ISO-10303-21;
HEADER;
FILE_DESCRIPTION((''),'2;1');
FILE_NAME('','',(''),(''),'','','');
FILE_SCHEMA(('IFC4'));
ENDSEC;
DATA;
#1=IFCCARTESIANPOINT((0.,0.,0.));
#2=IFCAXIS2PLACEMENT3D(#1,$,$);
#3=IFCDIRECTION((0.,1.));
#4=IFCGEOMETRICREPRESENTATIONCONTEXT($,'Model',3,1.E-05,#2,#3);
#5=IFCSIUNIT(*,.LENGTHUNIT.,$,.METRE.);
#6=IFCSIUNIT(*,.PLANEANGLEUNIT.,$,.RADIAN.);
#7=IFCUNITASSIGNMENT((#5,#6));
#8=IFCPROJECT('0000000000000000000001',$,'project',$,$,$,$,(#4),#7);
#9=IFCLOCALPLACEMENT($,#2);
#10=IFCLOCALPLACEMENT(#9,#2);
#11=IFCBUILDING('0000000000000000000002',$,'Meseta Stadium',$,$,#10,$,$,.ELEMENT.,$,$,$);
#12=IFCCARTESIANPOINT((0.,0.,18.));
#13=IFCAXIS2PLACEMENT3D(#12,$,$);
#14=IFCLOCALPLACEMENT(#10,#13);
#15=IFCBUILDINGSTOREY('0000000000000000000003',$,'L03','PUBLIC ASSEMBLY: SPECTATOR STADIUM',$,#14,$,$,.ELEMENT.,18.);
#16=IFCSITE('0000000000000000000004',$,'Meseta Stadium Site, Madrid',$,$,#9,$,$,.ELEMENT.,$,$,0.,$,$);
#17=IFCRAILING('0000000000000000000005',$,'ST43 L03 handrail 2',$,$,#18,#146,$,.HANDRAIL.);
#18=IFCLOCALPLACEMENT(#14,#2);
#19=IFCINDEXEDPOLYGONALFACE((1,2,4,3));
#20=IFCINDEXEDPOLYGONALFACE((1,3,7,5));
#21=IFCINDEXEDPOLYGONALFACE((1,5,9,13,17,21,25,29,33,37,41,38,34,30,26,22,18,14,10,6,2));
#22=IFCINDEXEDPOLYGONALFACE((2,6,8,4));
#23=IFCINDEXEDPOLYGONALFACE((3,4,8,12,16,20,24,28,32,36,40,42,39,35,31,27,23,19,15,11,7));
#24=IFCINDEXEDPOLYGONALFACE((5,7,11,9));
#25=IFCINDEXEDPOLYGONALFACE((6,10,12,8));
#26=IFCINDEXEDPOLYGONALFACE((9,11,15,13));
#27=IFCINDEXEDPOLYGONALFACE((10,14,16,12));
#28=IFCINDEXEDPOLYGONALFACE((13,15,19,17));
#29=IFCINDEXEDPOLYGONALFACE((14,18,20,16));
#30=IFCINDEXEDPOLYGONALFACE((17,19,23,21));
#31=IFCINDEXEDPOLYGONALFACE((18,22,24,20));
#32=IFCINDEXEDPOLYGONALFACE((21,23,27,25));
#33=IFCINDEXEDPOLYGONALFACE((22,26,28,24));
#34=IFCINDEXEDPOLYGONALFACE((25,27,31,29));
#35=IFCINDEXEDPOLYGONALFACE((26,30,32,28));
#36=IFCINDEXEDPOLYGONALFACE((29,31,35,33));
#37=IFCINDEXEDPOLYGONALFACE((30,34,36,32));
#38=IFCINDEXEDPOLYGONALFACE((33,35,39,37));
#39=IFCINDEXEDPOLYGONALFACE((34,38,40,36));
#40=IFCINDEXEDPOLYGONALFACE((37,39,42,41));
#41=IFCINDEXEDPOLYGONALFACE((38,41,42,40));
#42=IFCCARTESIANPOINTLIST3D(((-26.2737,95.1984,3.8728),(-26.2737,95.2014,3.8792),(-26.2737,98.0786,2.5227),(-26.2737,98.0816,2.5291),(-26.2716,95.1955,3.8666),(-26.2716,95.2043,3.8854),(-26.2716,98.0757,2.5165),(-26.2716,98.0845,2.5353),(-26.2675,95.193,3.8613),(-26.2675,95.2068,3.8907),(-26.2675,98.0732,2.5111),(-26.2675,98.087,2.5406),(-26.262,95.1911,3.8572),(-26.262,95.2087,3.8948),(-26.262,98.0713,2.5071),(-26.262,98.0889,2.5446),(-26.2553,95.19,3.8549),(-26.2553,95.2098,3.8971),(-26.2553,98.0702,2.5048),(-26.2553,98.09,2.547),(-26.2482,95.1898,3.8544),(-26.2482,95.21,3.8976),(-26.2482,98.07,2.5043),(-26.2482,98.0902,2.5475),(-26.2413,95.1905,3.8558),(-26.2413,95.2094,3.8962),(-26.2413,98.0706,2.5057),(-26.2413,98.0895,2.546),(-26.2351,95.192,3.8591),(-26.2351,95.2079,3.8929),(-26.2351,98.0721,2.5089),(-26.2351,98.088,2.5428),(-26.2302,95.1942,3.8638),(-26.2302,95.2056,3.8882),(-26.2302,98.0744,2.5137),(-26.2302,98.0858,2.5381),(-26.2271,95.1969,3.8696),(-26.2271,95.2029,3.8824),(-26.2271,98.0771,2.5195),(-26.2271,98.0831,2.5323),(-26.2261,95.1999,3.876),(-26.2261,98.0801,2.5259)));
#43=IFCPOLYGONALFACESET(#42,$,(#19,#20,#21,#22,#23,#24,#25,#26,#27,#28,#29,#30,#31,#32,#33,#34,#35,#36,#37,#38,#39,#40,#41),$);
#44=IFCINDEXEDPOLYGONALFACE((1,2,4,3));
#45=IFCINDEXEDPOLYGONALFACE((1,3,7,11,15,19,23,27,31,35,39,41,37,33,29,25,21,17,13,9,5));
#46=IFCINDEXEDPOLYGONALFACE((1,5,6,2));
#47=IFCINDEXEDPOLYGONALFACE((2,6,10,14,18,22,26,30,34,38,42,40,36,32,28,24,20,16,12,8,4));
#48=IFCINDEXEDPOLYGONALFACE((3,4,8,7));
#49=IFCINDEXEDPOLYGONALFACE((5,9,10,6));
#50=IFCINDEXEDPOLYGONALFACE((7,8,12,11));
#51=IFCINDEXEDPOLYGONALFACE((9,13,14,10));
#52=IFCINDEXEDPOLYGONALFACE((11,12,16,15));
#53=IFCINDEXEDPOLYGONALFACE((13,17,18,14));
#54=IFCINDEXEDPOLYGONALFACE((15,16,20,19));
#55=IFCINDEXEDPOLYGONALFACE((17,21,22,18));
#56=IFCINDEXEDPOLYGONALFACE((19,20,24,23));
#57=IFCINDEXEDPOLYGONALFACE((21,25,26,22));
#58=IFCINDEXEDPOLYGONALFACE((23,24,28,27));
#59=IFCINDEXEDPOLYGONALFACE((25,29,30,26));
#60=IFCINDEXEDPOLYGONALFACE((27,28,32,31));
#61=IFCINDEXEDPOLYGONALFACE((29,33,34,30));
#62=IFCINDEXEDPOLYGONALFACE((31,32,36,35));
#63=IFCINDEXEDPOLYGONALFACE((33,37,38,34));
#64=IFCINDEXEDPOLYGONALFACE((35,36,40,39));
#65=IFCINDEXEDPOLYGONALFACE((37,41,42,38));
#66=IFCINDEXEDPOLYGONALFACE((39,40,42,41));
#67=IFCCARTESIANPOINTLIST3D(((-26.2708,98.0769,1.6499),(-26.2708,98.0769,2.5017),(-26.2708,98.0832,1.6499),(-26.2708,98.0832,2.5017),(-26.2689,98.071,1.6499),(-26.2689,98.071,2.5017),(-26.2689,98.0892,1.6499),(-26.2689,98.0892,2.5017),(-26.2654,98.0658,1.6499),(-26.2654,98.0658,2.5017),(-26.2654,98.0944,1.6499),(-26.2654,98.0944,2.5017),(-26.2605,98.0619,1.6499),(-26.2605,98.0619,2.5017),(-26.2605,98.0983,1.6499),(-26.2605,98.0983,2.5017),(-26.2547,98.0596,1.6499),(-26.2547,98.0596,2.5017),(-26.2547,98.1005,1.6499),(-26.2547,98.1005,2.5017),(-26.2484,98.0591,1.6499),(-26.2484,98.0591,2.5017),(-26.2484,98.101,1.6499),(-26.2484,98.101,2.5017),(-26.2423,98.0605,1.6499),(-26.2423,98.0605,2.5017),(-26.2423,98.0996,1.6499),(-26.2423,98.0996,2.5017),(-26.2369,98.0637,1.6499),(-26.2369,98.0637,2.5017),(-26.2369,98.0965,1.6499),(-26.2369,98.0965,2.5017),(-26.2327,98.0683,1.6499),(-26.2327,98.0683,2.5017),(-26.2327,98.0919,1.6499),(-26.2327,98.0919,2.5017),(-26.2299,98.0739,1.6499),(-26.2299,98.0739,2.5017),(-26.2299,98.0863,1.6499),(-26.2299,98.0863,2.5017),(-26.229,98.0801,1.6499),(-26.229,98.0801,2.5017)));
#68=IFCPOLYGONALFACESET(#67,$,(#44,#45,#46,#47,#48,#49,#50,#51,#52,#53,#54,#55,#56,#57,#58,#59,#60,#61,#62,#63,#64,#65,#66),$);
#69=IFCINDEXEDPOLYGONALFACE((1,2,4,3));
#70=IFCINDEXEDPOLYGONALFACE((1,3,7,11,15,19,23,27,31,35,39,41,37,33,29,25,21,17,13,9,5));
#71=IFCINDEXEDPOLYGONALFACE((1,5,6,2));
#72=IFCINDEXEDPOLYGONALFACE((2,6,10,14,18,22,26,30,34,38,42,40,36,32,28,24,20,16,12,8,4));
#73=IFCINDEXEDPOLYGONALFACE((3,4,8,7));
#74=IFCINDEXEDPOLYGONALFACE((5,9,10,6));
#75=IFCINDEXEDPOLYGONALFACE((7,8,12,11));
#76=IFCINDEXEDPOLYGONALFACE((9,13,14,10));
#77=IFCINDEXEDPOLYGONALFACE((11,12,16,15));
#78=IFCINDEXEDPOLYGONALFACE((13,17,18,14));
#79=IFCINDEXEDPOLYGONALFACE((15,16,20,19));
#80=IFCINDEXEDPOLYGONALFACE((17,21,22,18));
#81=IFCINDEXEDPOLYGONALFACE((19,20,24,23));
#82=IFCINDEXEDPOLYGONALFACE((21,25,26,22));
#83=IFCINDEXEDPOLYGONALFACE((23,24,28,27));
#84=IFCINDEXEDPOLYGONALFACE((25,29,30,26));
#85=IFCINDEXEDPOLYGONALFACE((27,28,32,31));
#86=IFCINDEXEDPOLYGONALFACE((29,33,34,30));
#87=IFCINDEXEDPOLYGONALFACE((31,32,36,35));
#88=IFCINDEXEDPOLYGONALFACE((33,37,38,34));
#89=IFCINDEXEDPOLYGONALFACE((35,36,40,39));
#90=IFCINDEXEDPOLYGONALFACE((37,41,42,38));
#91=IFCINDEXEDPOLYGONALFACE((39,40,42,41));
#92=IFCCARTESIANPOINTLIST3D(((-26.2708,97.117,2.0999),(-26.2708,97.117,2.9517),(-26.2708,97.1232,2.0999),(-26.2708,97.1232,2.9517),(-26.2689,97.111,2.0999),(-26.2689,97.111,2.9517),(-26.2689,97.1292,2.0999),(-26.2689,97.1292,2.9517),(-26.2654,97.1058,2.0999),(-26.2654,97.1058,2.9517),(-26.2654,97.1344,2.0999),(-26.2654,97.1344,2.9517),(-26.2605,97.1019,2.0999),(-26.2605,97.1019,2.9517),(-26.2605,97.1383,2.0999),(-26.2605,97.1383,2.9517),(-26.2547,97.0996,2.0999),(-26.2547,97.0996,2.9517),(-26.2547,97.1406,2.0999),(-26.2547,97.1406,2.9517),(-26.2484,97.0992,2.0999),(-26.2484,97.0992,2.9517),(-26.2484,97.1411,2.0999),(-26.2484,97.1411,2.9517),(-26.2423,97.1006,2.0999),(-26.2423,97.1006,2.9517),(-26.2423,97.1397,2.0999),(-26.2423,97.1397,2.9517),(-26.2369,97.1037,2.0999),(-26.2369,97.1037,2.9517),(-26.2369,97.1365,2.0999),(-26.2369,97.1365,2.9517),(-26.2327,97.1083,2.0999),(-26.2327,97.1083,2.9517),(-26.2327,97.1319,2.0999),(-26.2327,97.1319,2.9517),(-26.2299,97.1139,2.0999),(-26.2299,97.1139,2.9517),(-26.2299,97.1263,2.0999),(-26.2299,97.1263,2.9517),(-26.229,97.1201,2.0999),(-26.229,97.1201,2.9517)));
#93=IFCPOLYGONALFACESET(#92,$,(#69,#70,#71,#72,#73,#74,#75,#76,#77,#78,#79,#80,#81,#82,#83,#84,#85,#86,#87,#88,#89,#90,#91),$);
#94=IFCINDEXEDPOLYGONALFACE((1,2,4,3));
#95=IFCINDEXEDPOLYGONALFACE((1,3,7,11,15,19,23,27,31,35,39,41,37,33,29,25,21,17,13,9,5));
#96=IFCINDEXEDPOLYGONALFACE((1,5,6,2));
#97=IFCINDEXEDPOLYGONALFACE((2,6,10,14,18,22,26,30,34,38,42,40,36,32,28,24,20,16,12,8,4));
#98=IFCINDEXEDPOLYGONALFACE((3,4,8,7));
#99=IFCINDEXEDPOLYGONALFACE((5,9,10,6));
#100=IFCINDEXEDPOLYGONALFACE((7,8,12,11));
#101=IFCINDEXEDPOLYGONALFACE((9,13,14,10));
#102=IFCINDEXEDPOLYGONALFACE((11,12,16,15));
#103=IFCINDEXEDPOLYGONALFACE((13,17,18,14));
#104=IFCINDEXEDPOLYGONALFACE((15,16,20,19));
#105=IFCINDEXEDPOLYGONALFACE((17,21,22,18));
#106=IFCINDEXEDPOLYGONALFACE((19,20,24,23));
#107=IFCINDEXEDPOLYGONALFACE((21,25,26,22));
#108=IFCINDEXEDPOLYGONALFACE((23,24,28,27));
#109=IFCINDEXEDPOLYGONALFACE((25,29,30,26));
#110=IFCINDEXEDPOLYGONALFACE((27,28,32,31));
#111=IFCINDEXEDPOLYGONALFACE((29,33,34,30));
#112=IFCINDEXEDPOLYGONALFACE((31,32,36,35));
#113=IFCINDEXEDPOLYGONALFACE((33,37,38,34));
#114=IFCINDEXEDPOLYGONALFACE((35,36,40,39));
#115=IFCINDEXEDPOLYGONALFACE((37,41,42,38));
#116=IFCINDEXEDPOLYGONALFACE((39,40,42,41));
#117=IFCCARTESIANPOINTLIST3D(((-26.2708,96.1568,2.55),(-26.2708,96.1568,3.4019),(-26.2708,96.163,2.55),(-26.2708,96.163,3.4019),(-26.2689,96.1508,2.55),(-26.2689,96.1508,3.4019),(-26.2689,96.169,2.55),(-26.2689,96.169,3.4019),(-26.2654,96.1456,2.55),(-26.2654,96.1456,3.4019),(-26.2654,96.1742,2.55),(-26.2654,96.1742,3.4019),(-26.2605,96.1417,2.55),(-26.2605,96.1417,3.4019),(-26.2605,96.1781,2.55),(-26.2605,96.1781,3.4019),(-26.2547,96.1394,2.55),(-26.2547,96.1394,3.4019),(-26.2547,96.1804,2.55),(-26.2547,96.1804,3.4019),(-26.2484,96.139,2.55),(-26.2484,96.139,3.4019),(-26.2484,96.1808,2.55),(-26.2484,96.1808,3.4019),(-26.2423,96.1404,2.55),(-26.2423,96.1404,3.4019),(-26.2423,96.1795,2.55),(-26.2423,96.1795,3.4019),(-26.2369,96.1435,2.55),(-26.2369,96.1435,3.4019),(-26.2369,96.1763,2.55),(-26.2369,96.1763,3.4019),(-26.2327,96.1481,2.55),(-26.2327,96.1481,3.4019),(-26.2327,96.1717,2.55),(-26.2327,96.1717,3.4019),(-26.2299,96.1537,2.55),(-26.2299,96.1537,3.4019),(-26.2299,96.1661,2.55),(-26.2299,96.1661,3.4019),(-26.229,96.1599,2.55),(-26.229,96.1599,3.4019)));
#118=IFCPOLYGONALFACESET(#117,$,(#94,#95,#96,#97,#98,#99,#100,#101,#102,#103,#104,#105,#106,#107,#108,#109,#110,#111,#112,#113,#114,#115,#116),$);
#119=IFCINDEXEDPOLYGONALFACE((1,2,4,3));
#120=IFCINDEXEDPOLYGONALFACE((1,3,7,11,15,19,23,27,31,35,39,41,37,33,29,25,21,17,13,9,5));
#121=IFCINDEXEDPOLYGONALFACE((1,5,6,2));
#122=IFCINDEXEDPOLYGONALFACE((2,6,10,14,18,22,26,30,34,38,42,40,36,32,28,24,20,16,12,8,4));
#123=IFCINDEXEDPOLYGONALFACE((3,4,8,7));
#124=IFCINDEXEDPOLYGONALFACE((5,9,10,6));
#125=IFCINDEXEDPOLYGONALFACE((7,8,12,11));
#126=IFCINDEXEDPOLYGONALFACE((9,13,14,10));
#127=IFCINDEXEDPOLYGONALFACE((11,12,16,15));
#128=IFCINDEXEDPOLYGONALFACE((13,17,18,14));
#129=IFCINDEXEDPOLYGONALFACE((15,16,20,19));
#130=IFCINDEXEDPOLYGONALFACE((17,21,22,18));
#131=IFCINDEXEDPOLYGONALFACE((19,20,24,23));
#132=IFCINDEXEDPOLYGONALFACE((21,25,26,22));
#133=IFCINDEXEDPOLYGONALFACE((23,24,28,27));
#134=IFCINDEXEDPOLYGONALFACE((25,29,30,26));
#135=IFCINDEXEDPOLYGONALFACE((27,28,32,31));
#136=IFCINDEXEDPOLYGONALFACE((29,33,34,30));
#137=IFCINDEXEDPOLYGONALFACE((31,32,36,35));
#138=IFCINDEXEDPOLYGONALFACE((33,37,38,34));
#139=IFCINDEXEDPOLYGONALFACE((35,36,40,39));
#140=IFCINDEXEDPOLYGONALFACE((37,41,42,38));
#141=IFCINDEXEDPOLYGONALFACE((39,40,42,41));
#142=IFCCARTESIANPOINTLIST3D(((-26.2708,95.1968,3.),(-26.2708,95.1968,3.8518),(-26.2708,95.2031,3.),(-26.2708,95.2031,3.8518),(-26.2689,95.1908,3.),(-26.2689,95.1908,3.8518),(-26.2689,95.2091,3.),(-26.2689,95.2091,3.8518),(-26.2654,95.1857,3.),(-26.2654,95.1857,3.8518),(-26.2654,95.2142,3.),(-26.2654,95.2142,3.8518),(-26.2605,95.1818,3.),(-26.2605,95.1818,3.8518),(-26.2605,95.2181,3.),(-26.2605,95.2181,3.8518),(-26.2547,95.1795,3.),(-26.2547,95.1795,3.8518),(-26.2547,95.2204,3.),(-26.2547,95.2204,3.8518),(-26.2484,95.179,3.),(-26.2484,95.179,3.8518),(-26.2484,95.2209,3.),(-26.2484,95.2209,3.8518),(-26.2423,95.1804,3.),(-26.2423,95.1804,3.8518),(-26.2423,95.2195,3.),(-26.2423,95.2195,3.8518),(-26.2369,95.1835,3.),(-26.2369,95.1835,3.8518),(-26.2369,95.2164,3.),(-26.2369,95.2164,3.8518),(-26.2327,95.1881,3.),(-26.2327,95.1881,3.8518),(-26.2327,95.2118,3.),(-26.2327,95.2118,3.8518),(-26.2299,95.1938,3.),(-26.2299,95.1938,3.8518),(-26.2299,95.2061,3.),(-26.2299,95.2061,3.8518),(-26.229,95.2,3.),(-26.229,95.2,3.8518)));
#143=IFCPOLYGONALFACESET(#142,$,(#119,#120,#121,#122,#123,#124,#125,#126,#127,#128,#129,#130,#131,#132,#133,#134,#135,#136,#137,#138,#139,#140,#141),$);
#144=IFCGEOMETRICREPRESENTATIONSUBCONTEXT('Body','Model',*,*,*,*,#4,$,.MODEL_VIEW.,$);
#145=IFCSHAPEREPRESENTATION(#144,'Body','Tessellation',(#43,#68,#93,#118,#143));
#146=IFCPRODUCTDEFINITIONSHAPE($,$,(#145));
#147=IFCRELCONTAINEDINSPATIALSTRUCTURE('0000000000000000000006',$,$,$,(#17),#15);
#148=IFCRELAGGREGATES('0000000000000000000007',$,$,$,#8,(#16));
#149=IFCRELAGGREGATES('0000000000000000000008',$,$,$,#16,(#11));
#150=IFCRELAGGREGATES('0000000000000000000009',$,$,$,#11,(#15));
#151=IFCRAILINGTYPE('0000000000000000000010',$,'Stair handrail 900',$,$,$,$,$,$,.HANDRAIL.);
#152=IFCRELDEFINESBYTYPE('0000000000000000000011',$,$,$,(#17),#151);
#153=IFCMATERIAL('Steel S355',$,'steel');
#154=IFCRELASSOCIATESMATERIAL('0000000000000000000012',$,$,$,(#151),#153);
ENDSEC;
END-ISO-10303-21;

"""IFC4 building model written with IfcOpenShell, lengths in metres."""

from ifc_helpers import new_model, si_unit, direction, frame, origin, origin_2d, place, context, subcontext, project, spatial, circle, extrude, material, type_object, element, save


model = new_model("IFC4")

# Units and contexts
model_context = context("Model", 3, precision=1e-05, world=origin(), true_north=direction((0.0, 1.0)))
body_context = subcontext(model_context, "Body", "Model", "MODEL_VIEW")
ifc_project = project(units=[si_unit("LENGTHUNIT", "METRE"), si_unit("PLANEANGLEUNIT", "RADIAN")], contexts=[model_context])

# Site, building, storey
site_placement = place(None, origin())
site = spatial("IfcSite", under=ifc_project, at=site_placement, Name="Meseta Stadium Site, Madrid", CompositionType="ELEMENT", RefElevation=0.0)
building_placement = place(site_placement, origin())
building = spatial("IfcBuilding", under=site, at=building_placement, Name="Meseta Stadium", CompositionType="ELEMENT")
storey_placement = place(building_placement, frame((0.0, 0.0, 18.0)))
storey = spatial("IfcBuildingStorey", under=building, at=storey_placement, Name="L03", Description="PUBLIC ASSEMBLY: SPECTATOR STADIUM", CompositionType="ELEMENT", Elevation=18.0)

# Railing
ifc_material_1 = material(Name="Steel S355", Category="steel")
railing_type_1 = type_object("IfcRailingType", Name="Stair handrail 900", PredefinedType="HANDRAIL", material=ifc_material_1)
for number, where, name in (
    (1, (-26.25, 98.0801, 1.6499), "ST43 L03 handrail 2"),
):
    element("IfcRailing", number, at=place(storey_placement, frame(where)), inside=storey, type_object=railing_type_1, Name=name, PredefinedType="HANDRAIL", context=body_context, shape_type="SweptSolid", body=[
        extrude(circle(Radius=0.0239, at=origin_2d()), frame((0.0, 0.0, 0.876), z_axis=(0.0, -0.905454, 0.424444), x_axis=(1.0, 0.0, 0.0)), (0.0, 0.0, 1.0), 3.1809),
        extrude(circle(Radius=0.021, at=origin_2d()), origin(), (0.0, 0.0, 1.0), 0.8518),
        extrude(circle(Radius=0.021, at=origin_2d()), frame((0.0, -0.96, 0.45)), (0.0, 0.0, 1.0), 0.8518),
        extrude(circle(Radius=0.021, at=origin_2d()), frame((0.0, -1.9202, 0.9001)), (0.0, 0.0, 1.0), 0.8518),
        extrude(circle(Radius=0.021, at=origin_2d()), frame((0.0, -2.8801, 1.3501)), (0.0, 0.0, 1.0), 0.8518),
    ])

save(model, "model.ifc")
